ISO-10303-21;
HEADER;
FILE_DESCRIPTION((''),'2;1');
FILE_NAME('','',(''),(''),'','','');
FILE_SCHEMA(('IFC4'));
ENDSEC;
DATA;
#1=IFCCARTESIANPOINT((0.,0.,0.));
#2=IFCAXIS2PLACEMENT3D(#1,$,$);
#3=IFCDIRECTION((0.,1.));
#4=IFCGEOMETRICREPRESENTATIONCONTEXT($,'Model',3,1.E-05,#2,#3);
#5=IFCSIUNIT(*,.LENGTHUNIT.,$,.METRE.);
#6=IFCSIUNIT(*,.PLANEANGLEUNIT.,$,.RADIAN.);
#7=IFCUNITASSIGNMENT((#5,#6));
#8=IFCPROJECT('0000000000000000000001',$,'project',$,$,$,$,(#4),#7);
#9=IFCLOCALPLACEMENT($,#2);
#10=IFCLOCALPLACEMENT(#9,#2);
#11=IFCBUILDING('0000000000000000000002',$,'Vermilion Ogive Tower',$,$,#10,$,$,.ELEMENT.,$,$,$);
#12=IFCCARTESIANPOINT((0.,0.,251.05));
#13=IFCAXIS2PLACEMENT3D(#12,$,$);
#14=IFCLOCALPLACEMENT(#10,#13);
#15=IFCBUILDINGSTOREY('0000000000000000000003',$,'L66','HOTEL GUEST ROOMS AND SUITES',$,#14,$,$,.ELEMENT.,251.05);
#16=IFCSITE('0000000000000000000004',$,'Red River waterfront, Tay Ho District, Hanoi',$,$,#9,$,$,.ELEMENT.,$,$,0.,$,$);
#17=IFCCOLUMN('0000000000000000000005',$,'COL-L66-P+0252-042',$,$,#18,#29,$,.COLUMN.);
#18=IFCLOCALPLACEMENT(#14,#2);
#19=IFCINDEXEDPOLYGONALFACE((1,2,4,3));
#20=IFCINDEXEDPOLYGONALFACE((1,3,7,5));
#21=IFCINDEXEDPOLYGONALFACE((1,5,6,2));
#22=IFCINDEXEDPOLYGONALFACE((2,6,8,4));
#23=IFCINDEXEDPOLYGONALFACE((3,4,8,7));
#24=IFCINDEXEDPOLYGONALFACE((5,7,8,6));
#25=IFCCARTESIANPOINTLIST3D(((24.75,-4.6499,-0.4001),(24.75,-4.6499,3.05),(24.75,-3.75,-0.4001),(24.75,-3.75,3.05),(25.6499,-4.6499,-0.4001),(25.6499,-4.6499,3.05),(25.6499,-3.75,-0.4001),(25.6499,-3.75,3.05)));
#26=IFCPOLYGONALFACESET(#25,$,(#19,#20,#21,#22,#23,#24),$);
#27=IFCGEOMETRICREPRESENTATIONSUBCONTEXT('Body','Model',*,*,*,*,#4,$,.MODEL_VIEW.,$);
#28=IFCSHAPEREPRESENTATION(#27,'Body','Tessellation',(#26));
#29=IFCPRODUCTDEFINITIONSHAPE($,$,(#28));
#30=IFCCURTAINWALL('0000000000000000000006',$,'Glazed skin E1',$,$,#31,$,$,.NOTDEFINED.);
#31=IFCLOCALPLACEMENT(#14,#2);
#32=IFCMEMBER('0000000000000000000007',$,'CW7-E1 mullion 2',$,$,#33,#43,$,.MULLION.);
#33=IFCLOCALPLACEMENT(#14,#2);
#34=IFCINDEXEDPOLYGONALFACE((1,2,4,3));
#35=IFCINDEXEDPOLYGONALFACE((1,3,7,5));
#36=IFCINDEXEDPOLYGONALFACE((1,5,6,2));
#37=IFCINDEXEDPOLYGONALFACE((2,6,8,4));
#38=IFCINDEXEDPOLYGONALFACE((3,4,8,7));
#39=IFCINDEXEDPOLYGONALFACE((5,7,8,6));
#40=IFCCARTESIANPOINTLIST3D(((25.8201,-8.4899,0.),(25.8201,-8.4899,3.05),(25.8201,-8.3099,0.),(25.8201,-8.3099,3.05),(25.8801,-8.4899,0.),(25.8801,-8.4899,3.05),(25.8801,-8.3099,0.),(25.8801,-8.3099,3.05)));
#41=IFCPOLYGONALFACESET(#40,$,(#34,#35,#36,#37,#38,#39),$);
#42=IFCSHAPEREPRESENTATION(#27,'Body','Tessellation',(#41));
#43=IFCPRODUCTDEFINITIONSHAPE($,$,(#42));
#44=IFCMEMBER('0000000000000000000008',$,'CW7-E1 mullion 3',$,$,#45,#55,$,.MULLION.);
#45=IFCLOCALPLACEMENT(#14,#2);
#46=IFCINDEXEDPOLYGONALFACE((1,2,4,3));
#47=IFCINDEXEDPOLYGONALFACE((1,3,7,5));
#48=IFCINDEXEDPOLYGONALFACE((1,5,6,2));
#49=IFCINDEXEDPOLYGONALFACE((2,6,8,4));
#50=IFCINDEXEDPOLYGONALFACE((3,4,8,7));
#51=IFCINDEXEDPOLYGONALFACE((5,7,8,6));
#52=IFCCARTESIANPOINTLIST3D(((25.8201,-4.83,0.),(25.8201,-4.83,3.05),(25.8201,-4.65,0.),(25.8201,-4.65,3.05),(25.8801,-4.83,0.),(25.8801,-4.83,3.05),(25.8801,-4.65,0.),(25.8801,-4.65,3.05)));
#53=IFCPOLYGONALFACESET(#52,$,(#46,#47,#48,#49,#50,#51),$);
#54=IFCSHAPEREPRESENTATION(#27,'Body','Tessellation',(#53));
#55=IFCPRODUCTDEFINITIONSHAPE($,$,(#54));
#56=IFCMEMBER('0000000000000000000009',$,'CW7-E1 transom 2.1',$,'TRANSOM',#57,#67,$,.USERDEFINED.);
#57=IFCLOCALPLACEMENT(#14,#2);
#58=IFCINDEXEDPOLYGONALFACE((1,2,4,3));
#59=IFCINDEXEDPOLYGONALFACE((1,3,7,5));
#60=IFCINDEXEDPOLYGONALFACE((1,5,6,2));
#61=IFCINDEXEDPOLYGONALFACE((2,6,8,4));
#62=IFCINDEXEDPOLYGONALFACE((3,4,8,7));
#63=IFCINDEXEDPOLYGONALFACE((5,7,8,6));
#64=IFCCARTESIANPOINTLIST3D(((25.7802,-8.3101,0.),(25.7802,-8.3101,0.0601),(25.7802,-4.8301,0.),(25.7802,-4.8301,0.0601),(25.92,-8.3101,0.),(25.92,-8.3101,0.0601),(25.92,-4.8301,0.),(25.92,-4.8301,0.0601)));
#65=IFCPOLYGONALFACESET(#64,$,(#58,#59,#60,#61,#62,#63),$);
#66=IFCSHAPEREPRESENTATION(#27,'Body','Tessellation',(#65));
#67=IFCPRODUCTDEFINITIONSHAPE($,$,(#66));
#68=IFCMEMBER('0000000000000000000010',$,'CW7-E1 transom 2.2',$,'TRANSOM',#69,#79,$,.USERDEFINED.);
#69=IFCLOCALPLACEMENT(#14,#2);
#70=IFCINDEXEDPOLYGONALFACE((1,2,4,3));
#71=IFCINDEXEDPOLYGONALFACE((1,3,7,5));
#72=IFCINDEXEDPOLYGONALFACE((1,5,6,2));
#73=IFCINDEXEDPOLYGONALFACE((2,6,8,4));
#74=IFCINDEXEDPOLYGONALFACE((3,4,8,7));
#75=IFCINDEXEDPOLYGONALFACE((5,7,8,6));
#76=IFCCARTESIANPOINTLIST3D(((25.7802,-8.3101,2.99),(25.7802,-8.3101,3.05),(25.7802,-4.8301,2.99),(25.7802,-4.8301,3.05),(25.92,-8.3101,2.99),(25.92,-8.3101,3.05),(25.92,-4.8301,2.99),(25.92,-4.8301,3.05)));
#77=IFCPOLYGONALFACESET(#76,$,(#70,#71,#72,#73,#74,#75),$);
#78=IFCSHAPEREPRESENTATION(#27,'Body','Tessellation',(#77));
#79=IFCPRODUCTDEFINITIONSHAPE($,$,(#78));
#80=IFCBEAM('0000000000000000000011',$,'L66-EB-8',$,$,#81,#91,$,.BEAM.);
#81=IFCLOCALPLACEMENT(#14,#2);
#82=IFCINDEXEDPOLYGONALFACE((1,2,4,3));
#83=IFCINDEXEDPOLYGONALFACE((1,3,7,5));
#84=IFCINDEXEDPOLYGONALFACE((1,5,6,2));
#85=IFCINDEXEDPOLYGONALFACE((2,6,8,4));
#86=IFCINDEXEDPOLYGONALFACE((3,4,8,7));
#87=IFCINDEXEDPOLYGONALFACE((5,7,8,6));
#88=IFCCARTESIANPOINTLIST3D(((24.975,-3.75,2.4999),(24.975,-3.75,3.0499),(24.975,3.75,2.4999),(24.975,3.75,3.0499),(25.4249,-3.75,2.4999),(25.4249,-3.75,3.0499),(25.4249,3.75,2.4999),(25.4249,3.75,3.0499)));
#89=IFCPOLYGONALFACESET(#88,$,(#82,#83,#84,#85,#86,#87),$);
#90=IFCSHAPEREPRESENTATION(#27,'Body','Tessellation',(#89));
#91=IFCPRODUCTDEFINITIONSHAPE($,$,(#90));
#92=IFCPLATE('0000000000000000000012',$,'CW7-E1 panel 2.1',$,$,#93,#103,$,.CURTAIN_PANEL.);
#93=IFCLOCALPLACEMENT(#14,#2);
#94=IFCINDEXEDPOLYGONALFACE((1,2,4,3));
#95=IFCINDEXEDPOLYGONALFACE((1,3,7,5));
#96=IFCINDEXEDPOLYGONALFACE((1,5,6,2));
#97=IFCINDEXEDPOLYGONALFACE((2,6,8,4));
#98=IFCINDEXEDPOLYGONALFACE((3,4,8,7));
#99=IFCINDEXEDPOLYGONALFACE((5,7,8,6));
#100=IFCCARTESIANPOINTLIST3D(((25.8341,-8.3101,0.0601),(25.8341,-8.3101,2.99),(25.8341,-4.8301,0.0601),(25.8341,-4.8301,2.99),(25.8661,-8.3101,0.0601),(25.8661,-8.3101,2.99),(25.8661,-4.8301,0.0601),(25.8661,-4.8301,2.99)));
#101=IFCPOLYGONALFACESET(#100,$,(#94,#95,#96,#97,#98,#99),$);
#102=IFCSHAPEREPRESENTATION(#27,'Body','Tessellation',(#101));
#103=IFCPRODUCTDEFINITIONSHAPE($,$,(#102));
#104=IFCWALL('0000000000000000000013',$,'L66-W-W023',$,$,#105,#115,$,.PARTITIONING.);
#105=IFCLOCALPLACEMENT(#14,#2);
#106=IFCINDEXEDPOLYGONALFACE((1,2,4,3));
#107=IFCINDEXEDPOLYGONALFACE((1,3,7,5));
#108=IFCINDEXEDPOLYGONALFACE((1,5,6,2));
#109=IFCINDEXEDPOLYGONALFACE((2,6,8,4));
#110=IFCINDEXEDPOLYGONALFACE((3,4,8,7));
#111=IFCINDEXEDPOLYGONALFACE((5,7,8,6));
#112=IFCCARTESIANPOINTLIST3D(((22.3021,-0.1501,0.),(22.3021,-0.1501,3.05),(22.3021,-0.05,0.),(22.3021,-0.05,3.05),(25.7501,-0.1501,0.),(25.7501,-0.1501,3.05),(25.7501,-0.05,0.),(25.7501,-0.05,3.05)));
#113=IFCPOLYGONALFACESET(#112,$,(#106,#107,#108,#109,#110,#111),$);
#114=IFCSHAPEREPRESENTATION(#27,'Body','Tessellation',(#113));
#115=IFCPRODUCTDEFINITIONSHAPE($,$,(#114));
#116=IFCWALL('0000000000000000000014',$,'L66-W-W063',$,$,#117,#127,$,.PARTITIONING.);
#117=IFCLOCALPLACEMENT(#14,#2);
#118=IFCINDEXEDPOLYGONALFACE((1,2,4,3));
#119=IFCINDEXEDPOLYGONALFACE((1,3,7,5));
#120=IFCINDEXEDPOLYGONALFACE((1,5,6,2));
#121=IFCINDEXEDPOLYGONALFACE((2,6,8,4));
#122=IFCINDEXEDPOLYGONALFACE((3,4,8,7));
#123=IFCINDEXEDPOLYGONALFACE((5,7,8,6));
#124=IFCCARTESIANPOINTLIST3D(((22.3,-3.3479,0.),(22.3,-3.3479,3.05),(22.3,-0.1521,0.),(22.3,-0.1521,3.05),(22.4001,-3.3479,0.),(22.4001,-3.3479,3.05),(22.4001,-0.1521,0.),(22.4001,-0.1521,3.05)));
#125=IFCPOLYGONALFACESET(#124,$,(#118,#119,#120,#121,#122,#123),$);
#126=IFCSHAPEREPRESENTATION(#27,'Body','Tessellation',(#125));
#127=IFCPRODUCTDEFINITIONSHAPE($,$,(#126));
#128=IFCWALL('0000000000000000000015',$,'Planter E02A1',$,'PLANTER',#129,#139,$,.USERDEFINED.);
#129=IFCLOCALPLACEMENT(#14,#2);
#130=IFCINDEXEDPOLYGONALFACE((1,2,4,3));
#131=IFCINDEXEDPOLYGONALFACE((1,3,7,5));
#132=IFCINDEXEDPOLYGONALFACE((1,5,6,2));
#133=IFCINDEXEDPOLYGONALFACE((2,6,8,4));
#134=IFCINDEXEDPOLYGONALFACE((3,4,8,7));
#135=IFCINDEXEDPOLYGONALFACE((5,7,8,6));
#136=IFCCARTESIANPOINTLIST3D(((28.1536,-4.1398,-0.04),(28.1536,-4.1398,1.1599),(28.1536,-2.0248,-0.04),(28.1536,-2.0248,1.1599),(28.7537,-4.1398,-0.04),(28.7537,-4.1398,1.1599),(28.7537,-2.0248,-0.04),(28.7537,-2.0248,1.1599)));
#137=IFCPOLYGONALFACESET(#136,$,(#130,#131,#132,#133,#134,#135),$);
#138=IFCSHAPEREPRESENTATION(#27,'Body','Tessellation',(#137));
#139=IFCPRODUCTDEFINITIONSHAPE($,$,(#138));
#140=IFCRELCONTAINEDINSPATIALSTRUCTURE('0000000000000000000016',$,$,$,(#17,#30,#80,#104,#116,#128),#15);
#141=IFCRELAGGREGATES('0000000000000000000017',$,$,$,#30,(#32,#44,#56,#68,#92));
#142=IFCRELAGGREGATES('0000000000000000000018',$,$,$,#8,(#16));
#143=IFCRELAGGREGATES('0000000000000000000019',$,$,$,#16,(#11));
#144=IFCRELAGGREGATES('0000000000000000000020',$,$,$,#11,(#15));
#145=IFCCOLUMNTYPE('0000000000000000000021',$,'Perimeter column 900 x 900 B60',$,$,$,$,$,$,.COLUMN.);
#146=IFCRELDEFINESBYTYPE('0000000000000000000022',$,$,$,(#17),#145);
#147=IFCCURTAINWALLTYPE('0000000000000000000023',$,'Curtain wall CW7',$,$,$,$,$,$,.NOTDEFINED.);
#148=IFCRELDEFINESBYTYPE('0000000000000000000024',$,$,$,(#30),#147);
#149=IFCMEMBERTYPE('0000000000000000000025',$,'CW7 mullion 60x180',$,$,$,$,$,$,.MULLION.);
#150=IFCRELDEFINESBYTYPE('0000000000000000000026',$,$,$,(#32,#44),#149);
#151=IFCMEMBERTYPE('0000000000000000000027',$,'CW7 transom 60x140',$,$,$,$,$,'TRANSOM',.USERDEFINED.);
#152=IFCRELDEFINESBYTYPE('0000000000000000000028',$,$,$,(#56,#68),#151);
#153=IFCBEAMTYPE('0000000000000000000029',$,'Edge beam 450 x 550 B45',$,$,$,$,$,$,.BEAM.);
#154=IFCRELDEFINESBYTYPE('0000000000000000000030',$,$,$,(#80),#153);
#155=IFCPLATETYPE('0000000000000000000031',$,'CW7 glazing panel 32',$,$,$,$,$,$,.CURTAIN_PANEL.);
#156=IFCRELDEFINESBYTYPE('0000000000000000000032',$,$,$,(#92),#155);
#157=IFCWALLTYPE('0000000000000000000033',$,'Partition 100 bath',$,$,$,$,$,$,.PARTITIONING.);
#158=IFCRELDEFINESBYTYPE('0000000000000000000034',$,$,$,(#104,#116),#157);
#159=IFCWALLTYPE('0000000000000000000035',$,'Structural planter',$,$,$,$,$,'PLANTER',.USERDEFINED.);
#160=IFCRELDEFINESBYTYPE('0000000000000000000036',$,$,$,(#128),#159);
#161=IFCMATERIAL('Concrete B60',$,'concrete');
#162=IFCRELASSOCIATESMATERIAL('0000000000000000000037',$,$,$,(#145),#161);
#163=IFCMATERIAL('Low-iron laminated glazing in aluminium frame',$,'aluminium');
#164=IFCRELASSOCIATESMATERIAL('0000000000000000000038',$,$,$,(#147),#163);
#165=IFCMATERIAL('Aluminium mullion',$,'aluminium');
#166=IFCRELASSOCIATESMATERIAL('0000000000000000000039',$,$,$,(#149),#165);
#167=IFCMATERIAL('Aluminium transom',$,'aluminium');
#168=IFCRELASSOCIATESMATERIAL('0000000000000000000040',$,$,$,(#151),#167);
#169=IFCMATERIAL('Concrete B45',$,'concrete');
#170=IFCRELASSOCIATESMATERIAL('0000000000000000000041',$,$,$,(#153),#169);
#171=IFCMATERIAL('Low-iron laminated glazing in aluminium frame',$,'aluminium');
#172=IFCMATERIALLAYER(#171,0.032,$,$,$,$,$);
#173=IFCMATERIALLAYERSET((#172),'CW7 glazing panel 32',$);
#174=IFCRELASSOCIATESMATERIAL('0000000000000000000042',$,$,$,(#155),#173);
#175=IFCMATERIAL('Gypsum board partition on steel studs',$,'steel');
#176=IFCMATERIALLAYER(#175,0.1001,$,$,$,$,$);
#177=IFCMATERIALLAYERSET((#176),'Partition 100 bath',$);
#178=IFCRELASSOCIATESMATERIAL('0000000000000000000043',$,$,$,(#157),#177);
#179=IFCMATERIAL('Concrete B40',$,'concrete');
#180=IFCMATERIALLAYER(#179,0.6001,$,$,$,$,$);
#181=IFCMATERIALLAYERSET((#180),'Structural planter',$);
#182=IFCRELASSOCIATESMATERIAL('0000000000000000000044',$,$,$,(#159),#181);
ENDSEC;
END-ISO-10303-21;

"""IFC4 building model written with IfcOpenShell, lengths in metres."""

from ifc_helpers import new_model, si_unit, direction, frame, frame_2d, origin, origin_2d, place, context, subcontext, project, spatial, rectangle, extrude, material, layer, layer_set, material_profile, profile_set, type_object, element, aggregate, save


model = new_model("IFC4")

# Units and contexts
model_context = context("Model", 3, precision=1e-05, world=origin(), true_north=direction((0.0, 1.0)))
body_context = subcontext(model_context, "Body", "Model", "MODEL_VIEW")
ifc_project = project(units=[si_unit("LENGTHUNIT", "METRE"), si_unit("PLANEANGLEUNIT", "RADIAN")], contexts=[model_context])

# Site, building, storey
site_placement = place(None, origin())
site = spatial("IfcSite", under=ifc_project, at=site_placement, Name="Red River waterfront, Tay Ho District, Hanoi", CompositionType="ELEMENT", RefElevation=0.0)
building_placement = place(site_placement, origin())
building = spatial("IfcBuilding", under=site, at=building_placement, Name="Vermilion Ogive Tower", CompositionType="ELEMENT")
storey_placement = place(building_placement, frame((0.0, 0.0, 251.05)))
storey = spatial("IfcBuildingStorey", under=building, at=storey_placement, Name="L66", Description="HOTEL GUEST ROOMS AND SUITES", CompositionType="ELEMENT", Elevation=251.05)

# Column
ifc_material_1 = material(Name="Concrete B60", Category="concrete")
ifc_material_profile_1 = material_profile(ifc_material_1, rectangle(XDim=0.8999, YDim=0.8999, at=origin_2d()), Name="900 x 900")
ifc_profile_set_1 = profile_set([ifc_material_profile_1], Name="Concrete B60")
column_type = type_object("IfcColumnType", Name="Perimeter column 900 x 900 B60", PredefinedType="COLUMN", material=ifc_profile_set_1)
column_placement = place(storey_placement, frame((25.2, -4.2, -0.4001), z_axis=(0.0, 0.0, 1.0), x_axis=(1.0, 0.0, 0.0)))
element("IfcColumn", 1, at=column_placement, inside=storey, type_object=column_type, Name="COL-L66-P+0252-042", PredefinedType="COLUMN", context=body_context, shape_type="SweptSolid", body=[
    extrude(rectangle(XDim=0.8999, YDim=0.8999, at=origin_2d()), origin(), (0.0, 0.0, 1.0), 3.4502),
])

# Curtain wall, members
ifc_material_2 = material(Name="Low-iron laminated glazing in aluminium frame", Category="aluminium")
curtain_wall_type = type_object("IfcCurtainWallType", Name="Curtain wall CW7", PredefinedType="NOTDEFINED", material=ifc_material_2)
curtain_wall_placement = place(storey_placement, origin())
curtain_wall = element("IfcCurtainWall", 2, at=curtain_wall_placement, inside=storey, type_object=curtain_wall_type, Name="Glazed skin E1", PredefinedType="NOTDEFINED")
ifc_material_3 = material(Name="Aluminium mullion", Category="aluminium")
ifc_material_profile_2 = material_profile(ifc_material_3, rectangle(XDim=0.0601, YDim=0.1799, at=origin_2d()), Name="AL 60x180")
ifc_profile_set_2 = profile_set([ifc_material_profile_2], Name="Aluminium mullion")
member_type_1 = type_object("IfcMemberType", Name="CW7 mullion 60x180", PredefinedType="MULLION", material=ifc_profile_set_2)
member_1_placement = place(storey_placement, frame((25.8501, -8.3999, 0.0), z_axis=(0.0, 0.0, 1.0), x_axis=(-1.0, 0.0, 0.0)))
member_1 = element("IfcMember", 3, at=member_1_placement, type_object=member_type_1, Name="CW7-E1 mullion 2", PredefinedType="MULLION", context=body_context, shape_type="SweptSolid", body=[
    extrude(rectangle(XDim=0.0601, YDim=0.1799, at=origin_2d()), origin(), (0.0, 0.0, 1.0), 3.05),
])
member_2_placement = place(storey_placement, frame((25.8501, -4.74, 0.0), z_axis=(0.0, 0.0, 1.0), x_axis=(-1.0, 0.0, 0.0)))
member_2 = element("IfcMember", 4, at=member_2_placement, type_object=member_type_1, Name="CW7-E1 mullion 3", PredefinedType="MULLION", context=body_context, shape_type="SweptSolid", body=[
    extrude(rectangle(XDim=0.0601, YDim=0.1799, at=origin_2d()), origin(), (0.0, 0.0, 1.0), 3.05),
])
ifc_material_4 = material(Name="Aluminium transom", Category="aluminium")
ifc_material_profile_3 = material_profile(ifc_material_4, rectangle(XDim=0.1399, YDim=0.0601, at=origin_2d()), Name="AL 60x140")
ifc_profile_set_3 = profile_set([ifc_material_profile_3], Name="Aluminium transom")
member_type_2 = type_object("IfcMemberType", Name="CW7 transom 60x140", ElementType="TRANSOM", PredefinedType="USERDEFINED", material=ifc_profile_set_3)
member_3_placement = place(storey_placement, frame((25.8501, -8.3101, 0.03), z_axis=(0.0, 1.0, 0.0), x_axis=(-1.0, 0.0, 0.0)))
member_3 = element("IfcMember", 5, at=member_3_placement, type_object=member_type_2, Name="CW7-E1 transom 2.1", ObjectType="TRANSOM", PredefinedType="USERDEFINED", context=body_context, shape_type="SweptSolid", body=[
    extrude(rectangle(XDim=0.1399, YDim=0.0601, at=origin_2d()), origin(), (0.0, 0.0, 1.0), 3.48),
])
member_4_placement = place(storey_placement, frame((25.8501, -8.3101, 3.02), z_axis=(0.0, 1.0, 0.0), x_axis=(-1.0, 0.0, 0.0)))
member_4 = element("IfcMember", 6, at=member_4_placement, type_object=member_type_2, Name="CW7-E1 transom 2.2", ObjectType="TRANSOM", PredefinedType="USERDEFINED", context=body_context, shape_type="SweptSolid", body=[
    extrude(rectangle(XDim=0.1399, YDim=0.0601, at=origin_2d()), origin(), (0.0, 0.0, 1.0), 3.48),
])

# Beam
ifc_material_5 = material(Name="Concrete B45", Category="concrete")
ifc_material_profile_4 = material_profile(ifc_material_5, rectangle(XDim=0.45, YDim=0.55, at=origin_2d()), Name="450 x 550")
ifc_profile_set_4 = profile_set([ifc_material_profile_4], Name="Concrete B45")
beam_type = type_object("IfcBeamType", Name="Edge beam 450 x 550 B45", PredefinedType="BEAM", material=ifc_profile_set_4)
beam_placement = place(storey_placement, frame((25.2, -3.75, 2.7749), z_axis=(0.0, 1.0, 0.0), x_axis=(-1.0, 0.0, 0.0)))
element("IfcBeam", 7, at=beam_placement, inside=storey, type_object=beam_type, Name="L66-EB-8", PredefinedType="BEAM", context=body_context, shape_type="SweptSolid", body=[
    extrude(rectangle(XDim=0.45, YDim=0.55, at=origin_2d()), origin(), (0.0, 0.0, 1.0), 7.5),
])

# Plate
ifc_material_6 = material(Name="Low-iron laminated glazing in aluminium frame", Category="aluminium")
ifc_layer_1 = layer(ifc_material_6, 0.032)
ifc_layer_set_1 = layer_set([ifc_layer_1], Name="CW7 glazing panel 32")
plate_type = type_object("IfcPlateType", Name="CW7 glazing panel 32", PredefinedType="CURTAIN_PANEL", material=ifc_layer_set_1)
plate_placement = place(storey_placement, frame((25.8501, -6.5701, 0.0601), z_axis=(0.0, 0.0, 1.0), x_axis=(0.0, 1.0, 0.0)))
plate = element("IfcPlate", 8, at=plate_placement, type_object=plate_type, Name="CW7-E1 panel 2.1", PredefinedType="CURTAIN_PANEL", context=body_context, shape_type="SweptSolid", body=[
    extrude(rectangle(XDim=3.48, YDim=0.032, at=origin_2d()), origin(), (0.0, 0.0, 1.0), 2.9299),
])
aggregate(curtain_wall, [member_1, member_2, member_3, member_4, plate])

# Walls
ifc_material_7 = material(Name="Gypsum board partition on steel studs", Category="steel")
ifc_layer_2 = layer(ifc_material_7, 0.1001)
ifc_layer_set_2 = layer_set([ifc_layer_2], Name="Partition 100 bath")
wall_type_1 = type_object("IfcWallType", Name="Partition 100 bath", PredefinedType="PARTITIONING", material=ifc_layer_set_2)
wall_1_placement = place(storey_placement, frame((22.302, -0.1001, 0.0), z_axis=(0.0, 0.0, 1.0), x_axis=(1.0, 0.0, 0.0)))
element("IfcWall", 9, at=wall_1_placement, inside=storey, type_object=wall_type_1, Name="L66-W-W023", PredefinedType="PARTITIONING", context=body_context, shape_type="SweptSolid", body=[
    extrude(rectangle(XDim=3.448, YDim=0.1001, at=frame_2d((1.7241, 0.0))), origin(), (0.0, 0.0, 1.0), 3.05),
])
wall_2_placement = place(storey_placement, frame((22.3501, -3.3479, 0.0), z_axis=(0.0, 0.0, 1.0), x_axis=(0.0, 1.0, 0.0)))
element("IfcWall", 10, at=wall_2_placement, inside=storey, type_object=wall_type_1, Name="L66-W-W063", PredefinedType="PARTITIONING", context=body_context, shape_type="SweptSolid", body=[
    extrude(rectangle(XDim=3.1958, YDim=0.1001, at=frame_2d((1.5979, 0.0))), origin(), (0.0, 0.0, 1.0), 3.05),
])
ifc_material_8 = material(Name="Concrete B40", Category="concrete")
ifc_layer_3 = layer(ifc_material_8, 0.6001)
ifc_layer_set_3 = layer_set([ifc_layer_3], Name="Structural planter")
wall_type_2 = type_object("IfcWallType", Name="Structural planter", ElementType="PLANTER", PredefinedType="USERDEFINED", material=ifc_layer_set_3)
wall_3_placement = place(storey_placement, frame((28.4536, -4.1399, -0.04), z_axis=(0.0, 0.0, 1.0), x_axis=(0.0, 1.0, 0.0)))
element("IfcWall", 11, at=wall_3_placement, inside=storey, type_object=wall_type_2, Name="Planter E02A1", ObjectType="PLANTER", PredefinedType="USERDEFINED", context=body_context, shape_type="SweptSolid", body=[
    extrude(rectangle(XDim=2.115, YDim=0.6001, at=frame_2d((1.0576, 0.0))), origin(), (0.0, 0.0, 1.0), 1.2),
])

save(model, "model.ifc")
